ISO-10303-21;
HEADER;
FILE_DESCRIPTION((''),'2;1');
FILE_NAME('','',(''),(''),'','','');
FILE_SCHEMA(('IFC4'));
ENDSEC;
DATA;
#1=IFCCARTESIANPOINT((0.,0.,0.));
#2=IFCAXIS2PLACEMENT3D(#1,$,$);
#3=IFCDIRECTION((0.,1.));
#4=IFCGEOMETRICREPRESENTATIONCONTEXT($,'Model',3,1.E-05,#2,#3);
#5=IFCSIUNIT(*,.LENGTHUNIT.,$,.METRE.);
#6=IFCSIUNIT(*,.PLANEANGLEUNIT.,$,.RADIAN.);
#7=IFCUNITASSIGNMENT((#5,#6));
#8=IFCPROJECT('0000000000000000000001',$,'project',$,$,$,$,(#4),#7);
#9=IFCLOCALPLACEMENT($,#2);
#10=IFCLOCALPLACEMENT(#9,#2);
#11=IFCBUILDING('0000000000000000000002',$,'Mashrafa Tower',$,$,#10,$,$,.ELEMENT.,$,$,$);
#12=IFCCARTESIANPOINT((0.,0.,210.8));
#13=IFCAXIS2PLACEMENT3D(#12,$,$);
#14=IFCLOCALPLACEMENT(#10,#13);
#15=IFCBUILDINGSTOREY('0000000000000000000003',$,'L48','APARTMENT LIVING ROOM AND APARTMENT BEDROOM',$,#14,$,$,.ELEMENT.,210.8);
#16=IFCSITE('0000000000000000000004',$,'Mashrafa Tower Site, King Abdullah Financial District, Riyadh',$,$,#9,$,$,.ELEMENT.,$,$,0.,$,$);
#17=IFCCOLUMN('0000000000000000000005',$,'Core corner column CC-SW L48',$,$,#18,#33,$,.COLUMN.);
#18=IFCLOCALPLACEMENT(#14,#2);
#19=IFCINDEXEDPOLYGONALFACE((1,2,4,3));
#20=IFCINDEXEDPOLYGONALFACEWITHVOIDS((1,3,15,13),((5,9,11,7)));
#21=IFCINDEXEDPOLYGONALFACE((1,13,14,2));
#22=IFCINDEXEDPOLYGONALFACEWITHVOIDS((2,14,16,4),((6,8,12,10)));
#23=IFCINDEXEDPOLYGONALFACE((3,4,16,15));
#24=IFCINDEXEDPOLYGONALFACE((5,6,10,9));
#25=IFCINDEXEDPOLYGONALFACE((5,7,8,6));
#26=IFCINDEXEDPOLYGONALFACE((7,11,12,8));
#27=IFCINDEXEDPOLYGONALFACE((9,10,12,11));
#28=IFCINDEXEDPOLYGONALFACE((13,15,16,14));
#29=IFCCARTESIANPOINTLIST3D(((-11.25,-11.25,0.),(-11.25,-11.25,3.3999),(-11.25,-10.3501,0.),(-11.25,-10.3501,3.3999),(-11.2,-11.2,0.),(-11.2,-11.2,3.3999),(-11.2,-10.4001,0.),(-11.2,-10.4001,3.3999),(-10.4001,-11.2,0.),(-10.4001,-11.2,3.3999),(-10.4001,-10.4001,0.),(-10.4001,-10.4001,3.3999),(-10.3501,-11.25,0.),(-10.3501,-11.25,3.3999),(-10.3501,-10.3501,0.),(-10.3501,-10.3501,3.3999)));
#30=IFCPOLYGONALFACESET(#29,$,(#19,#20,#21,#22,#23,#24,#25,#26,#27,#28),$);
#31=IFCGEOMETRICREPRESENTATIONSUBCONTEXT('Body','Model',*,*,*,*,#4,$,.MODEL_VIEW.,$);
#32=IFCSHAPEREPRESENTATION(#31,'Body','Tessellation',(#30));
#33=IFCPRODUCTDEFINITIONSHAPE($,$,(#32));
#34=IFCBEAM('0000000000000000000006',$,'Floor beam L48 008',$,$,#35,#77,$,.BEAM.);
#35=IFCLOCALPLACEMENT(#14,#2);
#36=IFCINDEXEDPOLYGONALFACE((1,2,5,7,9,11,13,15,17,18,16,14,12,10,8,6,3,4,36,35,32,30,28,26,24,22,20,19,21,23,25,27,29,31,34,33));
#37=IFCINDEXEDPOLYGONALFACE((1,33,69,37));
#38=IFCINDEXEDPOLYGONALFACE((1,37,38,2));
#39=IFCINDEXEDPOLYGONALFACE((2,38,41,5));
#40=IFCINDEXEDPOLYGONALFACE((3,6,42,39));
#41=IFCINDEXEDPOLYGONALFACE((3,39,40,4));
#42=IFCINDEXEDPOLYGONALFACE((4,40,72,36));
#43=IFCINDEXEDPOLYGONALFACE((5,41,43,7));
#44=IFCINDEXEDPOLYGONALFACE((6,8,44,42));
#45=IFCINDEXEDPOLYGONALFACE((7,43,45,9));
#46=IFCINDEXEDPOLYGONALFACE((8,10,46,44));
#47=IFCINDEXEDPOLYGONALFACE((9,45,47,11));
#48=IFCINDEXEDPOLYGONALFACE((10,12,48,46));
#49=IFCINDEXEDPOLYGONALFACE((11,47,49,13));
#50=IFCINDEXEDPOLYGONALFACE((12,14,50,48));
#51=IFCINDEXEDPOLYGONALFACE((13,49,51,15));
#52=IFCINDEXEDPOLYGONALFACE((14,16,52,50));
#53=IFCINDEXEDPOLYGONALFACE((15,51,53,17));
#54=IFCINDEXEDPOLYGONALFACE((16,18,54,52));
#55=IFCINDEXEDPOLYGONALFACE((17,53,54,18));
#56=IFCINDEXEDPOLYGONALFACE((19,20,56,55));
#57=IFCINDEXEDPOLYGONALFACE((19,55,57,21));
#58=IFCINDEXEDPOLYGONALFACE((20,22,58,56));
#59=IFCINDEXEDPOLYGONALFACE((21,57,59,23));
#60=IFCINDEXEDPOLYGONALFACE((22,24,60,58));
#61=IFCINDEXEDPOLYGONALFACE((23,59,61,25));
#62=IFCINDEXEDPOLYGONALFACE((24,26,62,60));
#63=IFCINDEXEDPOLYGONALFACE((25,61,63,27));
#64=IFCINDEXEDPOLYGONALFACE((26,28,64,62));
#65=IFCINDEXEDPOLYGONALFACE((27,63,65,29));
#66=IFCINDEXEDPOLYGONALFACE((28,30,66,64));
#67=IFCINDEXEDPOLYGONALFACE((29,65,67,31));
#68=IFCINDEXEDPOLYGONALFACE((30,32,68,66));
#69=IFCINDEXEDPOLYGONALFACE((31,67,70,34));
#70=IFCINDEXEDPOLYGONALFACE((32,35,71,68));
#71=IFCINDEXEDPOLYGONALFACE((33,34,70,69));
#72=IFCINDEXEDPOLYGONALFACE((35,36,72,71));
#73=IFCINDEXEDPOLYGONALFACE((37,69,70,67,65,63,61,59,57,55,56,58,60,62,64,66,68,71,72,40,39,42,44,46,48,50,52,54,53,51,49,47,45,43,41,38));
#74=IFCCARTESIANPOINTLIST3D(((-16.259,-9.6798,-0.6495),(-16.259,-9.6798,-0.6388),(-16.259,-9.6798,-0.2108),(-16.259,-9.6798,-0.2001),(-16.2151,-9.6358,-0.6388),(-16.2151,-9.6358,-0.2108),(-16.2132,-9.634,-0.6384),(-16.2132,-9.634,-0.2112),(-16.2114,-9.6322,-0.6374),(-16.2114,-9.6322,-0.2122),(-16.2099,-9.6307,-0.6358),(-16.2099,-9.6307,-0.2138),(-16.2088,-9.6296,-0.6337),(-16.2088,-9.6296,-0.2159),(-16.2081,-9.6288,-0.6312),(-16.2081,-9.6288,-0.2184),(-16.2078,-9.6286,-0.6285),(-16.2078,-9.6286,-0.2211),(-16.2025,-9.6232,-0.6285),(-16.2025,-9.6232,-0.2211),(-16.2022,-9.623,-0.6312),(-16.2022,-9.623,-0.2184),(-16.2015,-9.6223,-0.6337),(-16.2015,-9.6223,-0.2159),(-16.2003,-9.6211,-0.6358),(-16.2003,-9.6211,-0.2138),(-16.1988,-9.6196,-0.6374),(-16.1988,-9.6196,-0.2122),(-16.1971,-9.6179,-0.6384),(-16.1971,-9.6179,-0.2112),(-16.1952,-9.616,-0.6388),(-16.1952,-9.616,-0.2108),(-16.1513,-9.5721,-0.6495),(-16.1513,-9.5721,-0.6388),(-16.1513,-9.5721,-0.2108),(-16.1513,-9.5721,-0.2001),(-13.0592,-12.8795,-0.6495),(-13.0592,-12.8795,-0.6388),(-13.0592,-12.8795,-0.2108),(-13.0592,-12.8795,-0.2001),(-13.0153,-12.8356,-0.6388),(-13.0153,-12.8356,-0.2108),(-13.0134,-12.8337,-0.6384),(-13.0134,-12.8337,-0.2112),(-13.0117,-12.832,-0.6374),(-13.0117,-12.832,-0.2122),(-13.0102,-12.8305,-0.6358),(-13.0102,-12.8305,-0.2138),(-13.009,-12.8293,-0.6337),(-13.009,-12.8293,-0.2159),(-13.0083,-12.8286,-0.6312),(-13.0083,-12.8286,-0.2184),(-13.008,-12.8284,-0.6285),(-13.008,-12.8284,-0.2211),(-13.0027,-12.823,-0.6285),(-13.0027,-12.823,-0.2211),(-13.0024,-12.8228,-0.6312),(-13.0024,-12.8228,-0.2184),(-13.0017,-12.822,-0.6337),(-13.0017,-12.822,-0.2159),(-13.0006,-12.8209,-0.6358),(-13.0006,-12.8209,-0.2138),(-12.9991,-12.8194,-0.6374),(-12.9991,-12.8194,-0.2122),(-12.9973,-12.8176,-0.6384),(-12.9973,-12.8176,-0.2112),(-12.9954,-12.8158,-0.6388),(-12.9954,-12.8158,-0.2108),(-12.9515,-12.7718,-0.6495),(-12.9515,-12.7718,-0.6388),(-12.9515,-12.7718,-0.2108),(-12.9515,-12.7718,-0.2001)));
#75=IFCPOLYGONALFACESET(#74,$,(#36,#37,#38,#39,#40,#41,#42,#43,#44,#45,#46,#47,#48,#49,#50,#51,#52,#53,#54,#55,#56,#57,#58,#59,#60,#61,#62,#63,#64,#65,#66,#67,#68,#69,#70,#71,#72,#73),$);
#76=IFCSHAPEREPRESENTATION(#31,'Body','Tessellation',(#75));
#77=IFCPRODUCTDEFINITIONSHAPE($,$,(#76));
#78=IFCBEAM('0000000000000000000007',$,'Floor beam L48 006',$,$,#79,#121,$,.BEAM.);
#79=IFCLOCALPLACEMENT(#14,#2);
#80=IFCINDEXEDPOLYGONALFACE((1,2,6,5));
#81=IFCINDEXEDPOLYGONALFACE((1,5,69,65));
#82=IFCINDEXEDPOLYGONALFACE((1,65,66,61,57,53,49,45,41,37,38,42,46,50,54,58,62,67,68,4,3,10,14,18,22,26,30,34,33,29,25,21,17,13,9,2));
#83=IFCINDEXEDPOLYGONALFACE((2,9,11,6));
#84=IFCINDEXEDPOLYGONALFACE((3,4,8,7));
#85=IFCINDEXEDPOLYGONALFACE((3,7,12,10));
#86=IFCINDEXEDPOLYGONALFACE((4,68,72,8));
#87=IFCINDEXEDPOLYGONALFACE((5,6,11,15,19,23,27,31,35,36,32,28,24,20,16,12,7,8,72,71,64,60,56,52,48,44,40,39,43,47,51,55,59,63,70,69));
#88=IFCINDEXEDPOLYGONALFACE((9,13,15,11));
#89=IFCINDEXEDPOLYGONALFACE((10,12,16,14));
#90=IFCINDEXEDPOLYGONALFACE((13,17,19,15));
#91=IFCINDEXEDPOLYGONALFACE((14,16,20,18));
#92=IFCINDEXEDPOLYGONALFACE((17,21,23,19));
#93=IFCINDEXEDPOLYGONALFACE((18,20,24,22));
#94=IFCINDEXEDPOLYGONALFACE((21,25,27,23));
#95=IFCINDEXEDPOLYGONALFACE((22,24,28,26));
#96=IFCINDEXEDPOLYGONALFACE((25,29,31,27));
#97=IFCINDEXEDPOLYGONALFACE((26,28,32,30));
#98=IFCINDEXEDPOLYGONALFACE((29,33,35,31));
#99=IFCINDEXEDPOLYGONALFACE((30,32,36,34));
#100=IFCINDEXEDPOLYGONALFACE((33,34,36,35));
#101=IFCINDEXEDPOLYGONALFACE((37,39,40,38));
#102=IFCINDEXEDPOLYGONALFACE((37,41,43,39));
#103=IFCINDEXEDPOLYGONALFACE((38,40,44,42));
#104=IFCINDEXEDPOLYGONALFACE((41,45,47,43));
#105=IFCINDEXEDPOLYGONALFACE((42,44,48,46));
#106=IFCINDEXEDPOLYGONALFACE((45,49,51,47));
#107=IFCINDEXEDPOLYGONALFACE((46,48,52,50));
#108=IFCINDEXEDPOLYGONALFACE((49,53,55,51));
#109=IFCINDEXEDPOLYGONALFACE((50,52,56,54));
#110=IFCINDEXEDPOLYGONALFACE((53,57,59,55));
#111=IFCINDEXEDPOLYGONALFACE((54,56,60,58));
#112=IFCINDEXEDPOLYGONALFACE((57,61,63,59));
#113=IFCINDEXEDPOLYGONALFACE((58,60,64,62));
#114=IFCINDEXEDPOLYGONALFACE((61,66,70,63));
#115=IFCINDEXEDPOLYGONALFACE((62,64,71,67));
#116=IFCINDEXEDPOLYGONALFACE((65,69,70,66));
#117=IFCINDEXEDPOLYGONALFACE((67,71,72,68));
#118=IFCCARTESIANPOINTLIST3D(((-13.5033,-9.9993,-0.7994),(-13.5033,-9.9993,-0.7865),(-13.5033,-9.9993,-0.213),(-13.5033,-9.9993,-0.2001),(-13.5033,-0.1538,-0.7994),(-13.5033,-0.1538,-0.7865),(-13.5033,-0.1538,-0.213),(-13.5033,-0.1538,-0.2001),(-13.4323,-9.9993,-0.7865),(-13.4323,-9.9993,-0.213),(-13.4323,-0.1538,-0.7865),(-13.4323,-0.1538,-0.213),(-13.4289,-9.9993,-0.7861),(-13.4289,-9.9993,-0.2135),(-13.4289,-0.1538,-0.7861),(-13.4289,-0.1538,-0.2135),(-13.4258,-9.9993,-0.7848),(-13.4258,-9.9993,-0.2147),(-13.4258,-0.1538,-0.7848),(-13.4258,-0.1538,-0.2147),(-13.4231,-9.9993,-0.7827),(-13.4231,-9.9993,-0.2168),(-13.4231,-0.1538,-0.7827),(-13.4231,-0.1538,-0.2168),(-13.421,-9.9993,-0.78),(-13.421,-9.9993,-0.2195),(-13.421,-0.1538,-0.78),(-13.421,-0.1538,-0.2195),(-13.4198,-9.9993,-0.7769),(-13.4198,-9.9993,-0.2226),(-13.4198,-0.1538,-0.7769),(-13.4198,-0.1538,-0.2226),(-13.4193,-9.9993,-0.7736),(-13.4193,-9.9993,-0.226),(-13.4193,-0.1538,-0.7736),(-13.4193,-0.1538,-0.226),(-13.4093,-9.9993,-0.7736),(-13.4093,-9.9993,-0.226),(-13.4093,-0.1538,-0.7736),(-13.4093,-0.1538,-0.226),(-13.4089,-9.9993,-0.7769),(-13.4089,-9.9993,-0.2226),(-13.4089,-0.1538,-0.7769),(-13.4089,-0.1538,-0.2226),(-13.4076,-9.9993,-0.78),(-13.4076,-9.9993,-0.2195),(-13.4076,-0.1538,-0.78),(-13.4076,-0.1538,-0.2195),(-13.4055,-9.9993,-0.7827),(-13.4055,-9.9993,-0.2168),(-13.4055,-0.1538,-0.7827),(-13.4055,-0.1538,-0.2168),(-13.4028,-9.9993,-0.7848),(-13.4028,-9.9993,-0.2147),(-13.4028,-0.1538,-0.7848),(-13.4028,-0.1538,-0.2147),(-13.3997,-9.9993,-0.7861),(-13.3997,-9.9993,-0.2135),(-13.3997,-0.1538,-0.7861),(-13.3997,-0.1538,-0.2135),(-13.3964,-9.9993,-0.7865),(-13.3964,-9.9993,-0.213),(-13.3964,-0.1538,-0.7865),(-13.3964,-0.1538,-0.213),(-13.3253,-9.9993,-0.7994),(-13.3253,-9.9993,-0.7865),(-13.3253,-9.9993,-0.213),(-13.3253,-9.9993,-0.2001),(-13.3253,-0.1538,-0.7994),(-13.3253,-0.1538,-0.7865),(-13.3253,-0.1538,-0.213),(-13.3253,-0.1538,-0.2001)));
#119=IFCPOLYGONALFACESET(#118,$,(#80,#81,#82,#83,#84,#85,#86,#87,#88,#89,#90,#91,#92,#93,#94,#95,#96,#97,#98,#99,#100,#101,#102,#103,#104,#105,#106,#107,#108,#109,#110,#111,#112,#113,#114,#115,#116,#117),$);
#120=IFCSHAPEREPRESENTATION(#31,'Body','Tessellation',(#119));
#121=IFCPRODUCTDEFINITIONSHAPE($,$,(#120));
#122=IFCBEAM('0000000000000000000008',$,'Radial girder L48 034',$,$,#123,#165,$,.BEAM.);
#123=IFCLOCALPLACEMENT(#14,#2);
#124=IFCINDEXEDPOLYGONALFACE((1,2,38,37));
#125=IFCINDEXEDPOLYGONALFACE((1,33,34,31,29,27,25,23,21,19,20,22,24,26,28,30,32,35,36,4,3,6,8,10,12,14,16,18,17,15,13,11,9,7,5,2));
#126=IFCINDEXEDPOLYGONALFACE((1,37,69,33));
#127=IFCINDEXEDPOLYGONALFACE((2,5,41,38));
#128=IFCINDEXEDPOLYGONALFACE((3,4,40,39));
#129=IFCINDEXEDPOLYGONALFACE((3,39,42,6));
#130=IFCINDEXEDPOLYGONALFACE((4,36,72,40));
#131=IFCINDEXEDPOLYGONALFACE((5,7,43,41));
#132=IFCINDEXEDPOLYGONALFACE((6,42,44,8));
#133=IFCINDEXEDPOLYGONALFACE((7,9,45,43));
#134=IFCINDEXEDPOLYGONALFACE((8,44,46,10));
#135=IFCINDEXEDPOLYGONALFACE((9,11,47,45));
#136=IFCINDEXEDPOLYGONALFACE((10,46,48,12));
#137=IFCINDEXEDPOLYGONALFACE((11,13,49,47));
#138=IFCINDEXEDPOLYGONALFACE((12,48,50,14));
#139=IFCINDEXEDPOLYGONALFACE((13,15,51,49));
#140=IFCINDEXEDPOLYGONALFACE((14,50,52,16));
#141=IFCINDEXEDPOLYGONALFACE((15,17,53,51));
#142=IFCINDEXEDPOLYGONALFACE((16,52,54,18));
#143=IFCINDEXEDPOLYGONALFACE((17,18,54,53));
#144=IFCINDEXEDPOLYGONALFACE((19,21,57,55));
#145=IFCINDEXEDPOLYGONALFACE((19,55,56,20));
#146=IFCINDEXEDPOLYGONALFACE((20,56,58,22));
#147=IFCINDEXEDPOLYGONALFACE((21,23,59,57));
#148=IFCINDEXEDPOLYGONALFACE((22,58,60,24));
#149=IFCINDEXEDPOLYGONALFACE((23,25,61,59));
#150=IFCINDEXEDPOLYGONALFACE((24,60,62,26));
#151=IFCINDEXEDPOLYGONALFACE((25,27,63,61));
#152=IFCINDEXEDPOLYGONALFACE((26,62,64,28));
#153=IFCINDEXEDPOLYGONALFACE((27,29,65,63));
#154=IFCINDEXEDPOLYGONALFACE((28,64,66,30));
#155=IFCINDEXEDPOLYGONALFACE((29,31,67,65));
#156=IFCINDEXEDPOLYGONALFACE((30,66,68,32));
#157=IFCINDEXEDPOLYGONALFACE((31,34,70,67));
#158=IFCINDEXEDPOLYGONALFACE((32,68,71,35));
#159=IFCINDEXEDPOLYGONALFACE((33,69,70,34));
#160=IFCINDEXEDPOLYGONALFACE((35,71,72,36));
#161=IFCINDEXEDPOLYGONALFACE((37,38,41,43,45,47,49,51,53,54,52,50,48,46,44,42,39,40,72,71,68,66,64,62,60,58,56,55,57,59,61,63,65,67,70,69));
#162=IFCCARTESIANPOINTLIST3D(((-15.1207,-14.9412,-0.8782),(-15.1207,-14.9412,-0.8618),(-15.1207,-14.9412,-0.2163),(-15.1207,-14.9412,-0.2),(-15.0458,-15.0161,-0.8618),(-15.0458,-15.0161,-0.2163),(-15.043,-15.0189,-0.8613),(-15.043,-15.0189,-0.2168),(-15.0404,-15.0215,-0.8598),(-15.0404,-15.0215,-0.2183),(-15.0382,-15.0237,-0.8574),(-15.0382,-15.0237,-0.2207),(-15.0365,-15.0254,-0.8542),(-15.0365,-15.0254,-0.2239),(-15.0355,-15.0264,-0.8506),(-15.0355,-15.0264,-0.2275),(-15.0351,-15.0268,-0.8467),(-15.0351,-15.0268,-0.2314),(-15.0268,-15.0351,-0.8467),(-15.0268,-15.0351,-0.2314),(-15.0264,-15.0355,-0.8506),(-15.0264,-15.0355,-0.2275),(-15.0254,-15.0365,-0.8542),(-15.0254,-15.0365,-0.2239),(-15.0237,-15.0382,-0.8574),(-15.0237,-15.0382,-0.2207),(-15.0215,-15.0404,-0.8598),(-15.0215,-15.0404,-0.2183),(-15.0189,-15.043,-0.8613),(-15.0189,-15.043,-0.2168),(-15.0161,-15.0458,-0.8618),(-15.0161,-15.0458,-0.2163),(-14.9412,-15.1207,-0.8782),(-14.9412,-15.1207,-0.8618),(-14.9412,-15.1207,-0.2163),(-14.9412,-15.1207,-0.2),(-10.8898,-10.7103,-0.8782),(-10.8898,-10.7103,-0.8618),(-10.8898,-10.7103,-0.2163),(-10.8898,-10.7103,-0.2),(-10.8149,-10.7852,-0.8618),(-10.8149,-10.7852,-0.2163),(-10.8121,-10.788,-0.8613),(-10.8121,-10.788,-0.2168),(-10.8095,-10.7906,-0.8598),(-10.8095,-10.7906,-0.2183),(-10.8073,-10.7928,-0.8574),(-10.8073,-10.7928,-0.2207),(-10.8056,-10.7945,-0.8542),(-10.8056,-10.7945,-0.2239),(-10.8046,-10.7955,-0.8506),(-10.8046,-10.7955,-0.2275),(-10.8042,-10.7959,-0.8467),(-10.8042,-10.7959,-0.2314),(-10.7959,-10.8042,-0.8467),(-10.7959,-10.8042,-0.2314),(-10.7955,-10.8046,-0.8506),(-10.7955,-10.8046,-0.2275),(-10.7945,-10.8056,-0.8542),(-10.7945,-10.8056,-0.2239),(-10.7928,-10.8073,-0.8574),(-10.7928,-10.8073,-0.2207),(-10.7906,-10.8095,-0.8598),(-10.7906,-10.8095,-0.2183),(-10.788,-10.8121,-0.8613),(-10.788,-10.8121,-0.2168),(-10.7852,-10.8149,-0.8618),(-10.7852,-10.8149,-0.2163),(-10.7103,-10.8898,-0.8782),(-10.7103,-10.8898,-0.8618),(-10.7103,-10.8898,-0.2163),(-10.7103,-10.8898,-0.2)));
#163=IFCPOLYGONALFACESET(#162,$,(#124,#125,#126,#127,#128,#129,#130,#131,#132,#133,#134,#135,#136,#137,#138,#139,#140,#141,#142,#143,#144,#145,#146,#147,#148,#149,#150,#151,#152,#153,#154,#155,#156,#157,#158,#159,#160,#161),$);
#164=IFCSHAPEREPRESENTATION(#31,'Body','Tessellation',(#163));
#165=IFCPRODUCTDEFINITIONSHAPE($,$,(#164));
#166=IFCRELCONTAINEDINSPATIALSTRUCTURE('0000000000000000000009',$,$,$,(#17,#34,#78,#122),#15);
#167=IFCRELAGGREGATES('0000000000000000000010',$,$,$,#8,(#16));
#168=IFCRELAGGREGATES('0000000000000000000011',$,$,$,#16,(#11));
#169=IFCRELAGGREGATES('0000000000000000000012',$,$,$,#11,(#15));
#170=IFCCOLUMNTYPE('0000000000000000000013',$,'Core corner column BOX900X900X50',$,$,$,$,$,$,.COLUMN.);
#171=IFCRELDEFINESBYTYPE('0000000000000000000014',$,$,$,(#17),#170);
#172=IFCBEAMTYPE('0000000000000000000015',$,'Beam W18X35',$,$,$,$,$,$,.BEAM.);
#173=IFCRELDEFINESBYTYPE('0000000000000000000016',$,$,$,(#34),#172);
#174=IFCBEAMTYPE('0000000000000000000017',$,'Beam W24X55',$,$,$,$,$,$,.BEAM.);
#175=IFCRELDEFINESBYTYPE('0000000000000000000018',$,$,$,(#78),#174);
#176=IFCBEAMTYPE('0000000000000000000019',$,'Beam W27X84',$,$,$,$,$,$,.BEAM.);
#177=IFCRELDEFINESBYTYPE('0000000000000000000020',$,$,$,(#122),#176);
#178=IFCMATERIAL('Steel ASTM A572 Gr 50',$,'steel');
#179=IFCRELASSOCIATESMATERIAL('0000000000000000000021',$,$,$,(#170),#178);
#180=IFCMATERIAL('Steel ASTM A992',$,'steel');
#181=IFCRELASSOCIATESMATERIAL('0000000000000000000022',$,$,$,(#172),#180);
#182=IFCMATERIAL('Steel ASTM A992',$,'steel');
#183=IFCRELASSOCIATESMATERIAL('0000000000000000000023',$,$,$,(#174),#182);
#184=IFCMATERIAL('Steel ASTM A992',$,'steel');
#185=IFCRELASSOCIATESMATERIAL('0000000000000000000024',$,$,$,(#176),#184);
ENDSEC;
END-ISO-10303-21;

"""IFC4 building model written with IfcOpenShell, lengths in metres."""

from ifc_helpers import new_model, si_unit, direction, frame, origin, origin_2d, place, context, subcontext, project, spatial, hollow_rectangle, i_section, extrude, material, material_profile, profile_set, type_object, element, save


model = new_model("IFC4")

# Units and contexts
model_context = context("Model", 3, precision=1e-05, world=origin(), true_north=direction((0.0, 1.0)))
body_context = subcontext(model_context, "Body", "Model", "MODEL_VIEW")
ifc_project = project(units=[si_unit("LENGTHUNIT", "METRE"), si_unit("PLANEANGLEUNIT", "RADIAN")], contexts=[model_context])

# Site, building, storey
site_placement = place(None, origin())
site = spatial("IfcSite", under=ifc_project, at=site_placement, Name="Mashrafa Tower Site, King Abdullah Financial District, Riyadh", CompositionType="ELEMENT", RefElevation=0.0)
building_placement = place(site_placement, origin())
building = spatial("IfcBuilding", under=site, at=building_placement, Name="Mashrafa Tower", CompositionType="ELEMENT")
storey_placement = place(building_placement, frame((0.0, 0.0, 210.8)))
storey = spatial("IfcBuildingStorey", under=building, at=storey_placement, Name="L48", Description="APARTMENT LIVING ROOM AND APARTMENT BEDROOM", CompositionType="ELEMENT", Elevation=210.8)

# Column
ifc_material_1 = material(Name="Steel ASTM A572 Gr 50", Category="steel")
ifc_material_profile_1 = material_profile(ifc_material_1, hollow_rectangle(XDim=0.8999, YDim=0.8999, WallThickness=0.05, at=origin_2d()), Name="BOX900X900X50")
ifc_profile_set_1 = profile_set([ifc_material_profile_1], Name="Steel ASTM A572 Gr 50")
column_type = type_object("IfcColumnType", Name="Core corner column BOX900X900X50", PredefinedType="COLUMN", material=ifc_profile_set_1)
column_placement = place(storey_placement, frame((-10.8, -10.8, 0.0), z_axis=(0.0, 0.0, 1.0), x_axis=(1.0, 0.0, 0.0)))
element("IfcColumn", 1, at=column_placement, inside=storey, type_object=column_type, Name="Core corner column CC-SW L48", PredefinedType="COLUMN", context=body_context, shape_type="SweptSolid", body=[
    extrude(hollow_rectangle(XDim=0.8999, YDim=0.8999, WallThickness=0.05, at=origin_2d()), origin(), (0.0, 0.0, 1.0), 3.3999),
])

# Beams
ifc_material_2 = material(Name="Steel ASTM A992", Category="steel")
ifc_material_profile_2 = material_profile(ifc_material_2, i_section(OverallWidth=0.1523, OverallDepth=0.4495, WebThickness=0.0076, FlangeThickness=0.0107, FilletRadius=0.0103, at=origin_2d()), Name="W18X35")
ifc_profile_set_2 = profile_set([ifc_material_profile_2], Name="Steel ASTM A992")
beam_type_1 = type_object("IfcBeamType", Name="Beam W18X35", PredefinedType="BEAM", material=ifc_profile_set_2)
beam_1_placement = place(storey_placement, frame((-13.0054, -12.8257, -0.4248), z_axis=(-0.707107, 0.707107, 0.0), x_axis=(-0.707107, -0.707107, 0.0)))
element("IfcBeam", 2, at=beam_1_placement, inside=storey, type_object=beam_type_1, Name="Floor beam L48 008", PredefinedType="BEAM", context=body_context, shape_type="SweptSolid", body=[
    extrude(i_section(OverallWidth=0.1523, OverallDepth=0.4495, WebThickness=0.0076, FlangeThickness=0.0107, FilletRadius=0.0103, at=origin_2d()), origin(), (0.0, 0.0, 1.0), 4.5251),
])
ifc_material_3 = material(Name="Steel ASTM A992", Category="steel")
ifc_material_profile_3 = material_profile(ifc_material_3, i_section(OverallWidth=0.178, OverallDepth=0.5994, WebThickness=0.01, FlangeThickness=0.0129, FilletRadius=0.0129, at=origin_2d()), Name="W24X55")
ifc_profile_set_3 = profile_set([ifc_material_profile_3], Name="Steel ASTM A992")
beam_type_2 = type_object("IfcBeamType", Name="Beam W24X55", PredefinedType="BEAM", material=ifc_profile_set_3)
beam_2_placement = place(storey_placement, frame((-13.4143, -9.9993, -0.4998), z_axis=(0.0, 1.0, 0.0), x_axis=(-1.0, 0.0, 0.0)))
element("IfcBeam", 3, at=beam_2_placement, inside=storey, type_object=beam_type_2, Name="Floor beam L48 006", PredefinedType="BEAM", context=body_context, shape_type="SweptSolid", body=[
    extrude(i_section(OverallWidth=0.178, OverallDepth=0.5994, WebThickness=0.01, FlangeThickness=0.0129, FilletRadius=0.0129, at=origin_2d()), origin(), (0.0, 0.0, 1.0), 9.8455),
])
ifc_material_4 = material(Name="Steel ASTM A992", Category="steel")
ifc_material_profile_4 = material_profile(ifc_material_4, i_section(OverallWidth=0.2539, OverallDepth=0.6782, WebThickness=0.0117, FlangeThickness=0.0164, FilletRadius=0.0151, at=origin_2d()), Name="W27X84")
ifc_profile_set_4 = profile_set([ifc_material_profile_4], Name="Steel ASTM A992")
beam_type_3 = type_object("IfcBeamType", Name="Beam W27X84", PredefinedType="BEAM", material=ifc_profile_set_4)
beam_3_placement = place(storey_placement, frame((-10.8, -10.8, -0.5391), z_axis=(-0.707107, -0.707107, 0.0), x_axis=(0.707107, -0.707107, 0.0)))
element("IfcBeam", 4, at=beam_3_placement, inside=storey, type_object=beam_type_3, Name="Radial girder L48 034", PredefinedType="BEAM", context=body_context, shape_type="SweptSolid", body=[
    extrude(i_section(OverallWidth=0.2539, OverallDepth=0.6782, WebThickness=0.0117, FlangeThickness=0.0164, FilletRadius=0.0151, at=origin_2d()), origin(), (0.0, 0.0, 1.0), 5.9834),
])

save(model, "model.ifc")
